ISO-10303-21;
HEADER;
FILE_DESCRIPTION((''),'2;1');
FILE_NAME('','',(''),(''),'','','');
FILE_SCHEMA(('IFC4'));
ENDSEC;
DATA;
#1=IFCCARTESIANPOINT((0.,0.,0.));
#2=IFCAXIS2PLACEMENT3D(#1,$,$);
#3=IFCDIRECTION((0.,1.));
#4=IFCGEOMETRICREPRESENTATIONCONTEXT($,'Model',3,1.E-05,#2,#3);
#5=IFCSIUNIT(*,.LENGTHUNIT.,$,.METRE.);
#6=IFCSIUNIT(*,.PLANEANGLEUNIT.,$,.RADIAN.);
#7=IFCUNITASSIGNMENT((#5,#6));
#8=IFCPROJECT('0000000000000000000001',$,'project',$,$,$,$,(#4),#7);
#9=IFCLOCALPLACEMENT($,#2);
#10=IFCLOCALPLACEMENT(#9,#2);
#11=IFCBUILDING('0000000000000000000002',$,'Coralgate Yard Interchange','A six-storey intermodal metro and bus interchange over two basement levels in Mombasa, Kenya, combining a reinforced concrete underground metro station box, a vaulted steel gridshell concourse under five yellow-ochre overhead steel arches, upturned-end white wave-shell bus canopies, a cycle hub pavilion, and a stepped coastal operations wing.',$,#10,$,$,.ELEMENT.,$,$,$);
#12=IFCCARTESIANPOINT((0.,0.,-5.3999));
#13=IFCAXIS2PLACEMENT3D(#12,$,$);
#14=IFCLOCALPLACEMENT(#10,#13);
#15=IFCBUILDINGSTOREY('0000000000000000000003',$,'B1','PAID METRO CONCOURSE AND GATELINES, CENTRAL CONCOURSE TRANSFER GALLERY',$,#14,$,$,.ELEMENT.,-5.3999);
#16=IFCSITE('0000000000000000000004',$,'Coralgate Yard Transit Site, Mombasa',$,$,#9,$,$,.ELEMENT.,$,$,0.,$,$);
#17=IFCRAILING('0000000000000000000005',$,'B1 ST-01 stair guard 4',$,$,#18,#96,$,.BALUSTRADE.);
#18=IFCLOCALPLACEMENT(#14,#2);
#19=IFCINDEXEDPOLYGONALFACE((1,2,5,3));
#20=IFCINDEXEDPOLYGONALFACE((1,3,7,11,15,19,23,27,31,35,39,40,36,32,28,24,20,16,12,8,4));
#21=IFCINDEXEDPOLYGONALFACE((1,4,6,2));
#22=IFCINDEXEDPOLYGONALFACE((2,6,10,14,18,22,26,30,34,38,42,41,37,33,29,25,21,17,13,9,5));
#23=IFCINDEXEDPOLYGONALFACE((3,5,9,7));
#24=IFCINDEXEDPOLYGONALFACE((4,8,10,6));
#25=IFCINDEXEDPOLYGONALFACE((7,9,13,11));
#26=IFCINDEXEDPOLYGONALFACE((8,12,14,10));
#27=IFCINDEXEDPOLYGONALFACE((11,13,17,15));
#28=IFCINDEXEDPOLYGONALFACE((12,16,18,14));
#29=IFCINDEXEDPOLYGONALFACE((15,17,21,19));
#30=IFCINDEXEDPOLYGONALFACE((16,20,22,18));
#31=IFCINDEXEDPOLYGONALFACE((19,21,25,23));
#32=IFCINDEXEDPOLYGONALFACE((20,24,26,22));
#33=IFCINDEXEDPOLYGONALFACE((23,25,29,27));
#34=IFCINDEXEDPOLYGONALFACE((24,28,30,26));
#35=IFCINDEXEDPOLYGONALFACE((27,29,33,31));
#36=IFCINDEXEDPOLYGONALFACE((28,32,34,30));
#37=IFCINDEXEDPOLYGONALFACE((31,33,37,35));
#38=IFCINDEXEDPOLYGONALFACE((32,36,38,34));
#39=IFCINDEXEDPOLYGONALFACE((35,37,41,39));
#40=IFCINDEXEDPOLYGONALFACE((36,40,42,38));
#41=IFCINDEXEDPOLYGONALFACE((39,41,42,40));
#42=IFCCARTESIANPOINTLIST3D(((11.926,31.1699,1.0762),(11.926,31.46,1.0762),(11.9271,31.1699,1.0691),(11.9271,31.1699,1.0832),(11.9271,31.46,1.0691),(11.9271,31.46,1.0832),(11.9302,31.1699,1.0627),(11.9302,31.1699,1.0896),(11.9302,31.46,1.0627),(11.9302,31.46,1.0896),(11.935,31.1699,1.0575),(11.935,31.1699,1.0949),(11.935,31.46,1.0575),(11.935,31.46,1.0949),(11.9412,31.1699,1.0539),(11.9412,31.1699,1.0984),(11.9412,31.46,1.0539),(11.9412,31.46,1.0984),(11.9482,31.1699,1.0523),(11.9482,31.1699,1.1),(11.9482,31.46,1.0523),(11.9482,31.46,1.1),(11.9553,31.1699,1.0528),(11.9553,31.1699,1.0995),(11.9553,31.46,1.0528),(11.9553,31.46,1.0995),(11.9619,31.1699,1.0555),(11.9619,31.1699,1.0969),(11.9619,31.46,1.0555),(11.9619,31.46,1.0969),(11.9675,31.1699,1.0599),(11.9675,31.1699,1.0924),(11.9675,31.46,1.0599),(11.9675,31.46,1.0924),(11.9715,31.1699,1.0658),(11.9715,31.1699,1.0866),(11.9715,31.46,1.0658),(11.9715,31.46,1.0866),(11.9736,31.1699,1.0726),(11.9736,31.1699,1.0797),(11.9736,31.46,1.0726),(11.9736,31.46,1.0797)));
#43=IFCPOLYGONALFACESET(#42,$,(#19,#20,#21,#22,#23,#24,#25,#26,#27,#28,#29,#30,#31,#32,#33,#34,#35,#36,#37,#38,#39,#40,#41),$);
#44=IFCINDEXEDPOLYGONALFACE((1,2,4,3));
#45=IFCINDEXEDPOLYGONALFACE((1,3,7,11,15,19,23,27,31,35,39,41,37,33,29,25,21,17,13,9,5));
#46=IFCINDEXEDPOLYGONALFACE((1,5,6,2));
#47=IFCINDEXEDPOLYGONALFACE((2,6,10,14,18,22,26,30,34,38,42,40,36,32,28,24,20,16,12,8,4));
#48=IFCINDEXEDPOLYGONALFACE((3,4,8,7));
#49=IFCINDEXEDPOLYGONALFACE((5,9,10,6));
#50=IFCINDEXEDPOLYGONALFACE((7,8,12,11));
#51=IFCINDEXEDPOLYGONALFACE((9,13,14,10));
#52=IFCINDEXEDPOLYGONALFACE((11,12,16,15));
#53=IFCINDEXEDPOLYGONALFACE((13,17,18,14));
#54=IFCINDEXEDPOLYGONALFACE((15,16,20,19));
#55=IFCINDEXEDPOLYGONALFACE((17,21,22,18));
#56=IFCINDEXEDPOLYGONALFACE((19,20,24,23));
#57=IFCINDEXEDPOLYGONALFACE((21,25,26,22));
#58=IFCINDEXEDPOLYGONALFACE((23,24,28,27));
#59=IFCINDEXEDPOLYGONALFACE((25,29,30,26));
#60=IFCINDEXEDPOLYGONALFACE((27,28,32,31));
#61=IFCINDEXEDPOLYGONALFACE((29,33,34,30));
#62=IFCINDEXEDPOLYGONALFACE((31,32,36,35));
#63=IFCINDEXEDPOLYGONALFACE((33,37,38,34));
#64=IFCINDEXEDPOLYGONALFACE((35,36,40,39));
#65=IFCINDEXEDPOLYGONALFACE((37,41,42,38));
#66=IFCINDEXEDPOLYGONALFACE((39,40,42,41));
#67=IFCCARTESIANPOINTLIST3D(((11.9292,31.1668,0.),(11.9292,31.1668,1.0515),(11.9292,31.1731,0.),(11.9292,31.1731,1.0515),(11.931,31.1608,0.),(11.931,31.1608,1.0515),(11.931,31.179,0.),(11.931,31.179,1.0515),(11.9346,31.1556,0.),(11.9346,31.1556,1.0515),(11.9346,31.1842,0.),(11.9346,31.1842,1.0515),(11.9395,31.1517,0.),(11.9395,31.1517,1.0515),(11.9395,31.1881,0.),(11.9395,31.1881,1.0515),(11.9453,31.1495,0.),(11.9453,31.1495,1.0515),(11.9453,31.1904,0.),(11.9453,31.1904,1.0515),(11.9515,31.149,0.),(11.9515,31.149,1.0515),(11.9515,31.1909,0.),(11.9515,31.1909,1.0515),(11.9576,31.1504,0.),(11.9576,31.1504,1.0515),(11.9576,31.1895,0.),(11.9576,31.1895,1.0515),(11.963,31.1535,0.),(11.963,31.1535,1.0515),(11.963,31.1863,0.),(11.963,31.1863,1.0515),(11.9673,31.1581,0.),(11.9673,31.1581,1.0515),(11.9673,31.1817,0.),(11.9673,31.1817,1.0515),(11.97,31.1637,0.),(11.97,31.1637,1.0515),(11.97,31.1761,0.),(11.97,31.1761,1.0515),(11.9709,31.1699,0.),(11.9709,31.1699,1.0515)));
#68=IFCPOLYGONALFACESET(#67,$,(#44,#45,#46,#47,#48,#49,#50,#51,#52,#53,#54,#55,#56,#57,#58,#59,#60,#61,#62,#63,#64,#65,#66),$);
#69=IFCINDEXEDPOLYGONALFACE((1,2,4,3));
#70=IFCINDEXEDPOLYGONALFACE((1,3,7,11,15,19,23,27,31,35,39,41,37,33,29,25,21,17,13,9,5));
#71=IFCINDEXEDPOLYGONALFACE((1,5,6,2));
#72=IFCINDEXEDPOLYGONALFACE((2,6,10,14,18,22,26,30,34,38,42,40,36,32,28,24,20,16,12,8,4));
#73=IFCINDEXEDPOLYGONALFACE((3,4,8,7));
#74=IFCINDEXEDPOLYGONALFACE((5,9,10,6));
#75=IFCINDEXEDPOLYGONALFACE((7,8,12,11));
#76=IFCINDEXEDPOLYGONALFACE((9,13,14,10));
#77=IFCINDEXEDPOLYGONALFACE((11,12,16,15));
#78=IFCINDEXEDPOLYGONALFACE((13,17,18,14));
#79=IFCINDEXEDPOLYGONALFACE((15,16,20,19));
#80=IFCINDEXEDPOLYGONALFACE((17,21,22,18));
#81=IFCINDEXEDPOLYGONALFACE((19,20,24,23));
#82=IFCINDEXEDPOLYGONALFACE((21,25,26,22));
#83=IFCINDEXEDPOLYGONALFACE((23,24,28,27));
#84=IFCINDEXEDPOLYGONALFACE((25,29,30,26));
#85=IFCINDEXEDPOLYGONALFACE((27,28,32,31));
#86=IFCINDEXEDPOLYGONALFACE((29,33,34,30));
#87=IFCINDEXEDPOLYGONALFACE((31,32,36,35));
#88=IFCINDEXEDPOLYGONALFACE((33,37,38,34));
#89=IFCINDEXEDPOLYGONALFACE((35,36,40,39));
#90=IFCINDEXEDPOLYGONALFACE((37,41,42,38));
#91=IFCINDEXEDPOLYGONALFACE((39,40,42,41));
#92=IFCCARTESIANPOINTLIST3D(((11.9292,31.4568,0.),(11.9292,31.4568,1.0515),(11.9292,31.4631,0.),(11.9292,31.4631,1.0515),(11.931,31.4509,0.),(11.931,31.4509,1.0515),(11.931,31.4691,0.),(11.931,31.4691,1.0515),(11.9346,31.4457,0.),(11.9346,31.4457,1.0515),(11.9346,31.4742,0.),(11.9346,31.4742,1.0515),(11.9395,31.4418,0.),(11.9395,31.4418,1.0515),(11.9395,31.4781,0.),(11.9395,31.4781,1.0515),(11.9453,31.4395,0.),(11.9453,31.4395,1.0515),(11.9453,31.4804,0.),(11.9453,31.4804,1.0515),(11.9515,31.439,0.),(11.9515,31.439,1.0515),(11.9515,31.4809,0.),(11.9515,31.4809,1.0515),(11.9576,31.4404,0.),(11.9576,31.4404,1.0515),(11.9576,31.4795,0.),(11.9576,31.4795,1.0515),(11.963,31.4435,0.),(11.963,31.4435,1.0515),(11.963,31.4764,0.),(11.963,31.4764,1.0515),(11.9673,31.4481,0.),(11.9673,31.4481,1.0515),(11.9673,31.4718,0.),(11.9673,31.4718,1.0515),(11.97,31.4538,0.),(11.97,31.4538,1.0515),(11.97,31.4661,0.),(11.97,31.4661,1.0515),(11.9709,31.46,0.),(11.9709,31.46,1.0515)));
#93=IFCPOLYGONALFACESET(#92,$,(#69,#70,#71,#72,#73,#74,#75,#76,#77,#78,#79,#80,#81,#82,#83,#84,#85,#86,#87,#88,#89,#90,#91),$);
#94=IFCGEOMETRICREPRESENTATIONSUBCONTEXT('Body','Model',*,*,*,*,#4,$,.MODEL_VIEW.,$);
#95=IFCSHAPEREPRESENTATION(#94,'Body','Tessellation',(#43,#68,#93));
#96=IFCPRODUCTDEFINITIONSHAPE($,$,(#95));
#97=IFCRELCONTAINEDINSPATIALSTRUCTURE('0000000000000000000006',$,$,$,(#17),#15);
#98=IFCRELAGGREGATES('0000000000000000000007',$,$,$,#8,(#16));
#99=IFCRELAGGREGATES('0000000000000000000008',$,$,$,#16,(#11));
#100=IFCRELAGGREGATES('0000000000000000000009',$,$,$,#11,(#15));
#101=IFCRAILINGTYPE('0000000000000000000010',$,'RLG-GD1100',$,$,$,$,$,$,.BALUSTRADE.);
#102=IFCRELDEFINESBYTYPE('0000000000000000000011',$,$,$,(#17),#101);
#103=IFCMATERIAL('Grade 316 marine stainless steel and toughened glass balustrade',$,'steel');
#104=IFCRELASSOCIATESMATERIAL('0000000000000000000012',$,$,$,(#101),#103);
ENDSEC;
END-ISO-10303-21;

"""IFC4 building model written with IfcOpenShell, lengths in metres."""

from ifc_helpers import new_model, si_unit, direction, frame, origin, origin_2d, place, context, subcontext, project, spatial, circle, extrude, material, type_object, element, save


model = new_model("IFC4")

# Units and contexts
model_context = context("Model", 3, precision=1e-05, world=origin(), true_north=direction((0.0, 1.0)))
body_context = subcontext(model_context, "Body", "Model", "MODEL_VIEW")
ifc_project = project(units=[si_unit("LENGTHUNIT", "METRE"), si_unit("PLANEANGLEUNIT", "RADIAN")], contexts=[model_context])

# Site, building, storey
site_placement = place(None, origin())
site = spatial("IfcSite", under=ifc_project, at=site_placement, Name="Coralgate Yard Transit Site, Mombasa", CompositionType="ELEMENT", RefElevation=0.0)
building_placement = place(site_placement, origin())
building = spatial("IfcBuilding", under=site, at=building_placement, Name="Coralgate Yard Interchange", Description="A six-storey intermodal metro and bus interchange over two basement levels in Mombasa, Kenya, combining a reinforced concrete underground metro station box, a vaulted steel gridshell concourse under five yellow-ochre overhead steel arches, upturned-end white wave-shell bus canopies, a cycle hub pavilion, and a stepped coastal operations wing.", CompositionType="ELEMENT")
storey_placement = place(building_placement, frame((0.0, 0.0, -5.3999)))
storey = spatial("IfcBuildingStorey", under=building, at=storey_placement, Name="B1", Description="PAID METRO CONCOURSE AND GATELINES, CENTRAL CONCOURSE TRANSFER GALLERY", CompositionType="ELEMENT", Elevation=-5.3999)

# Railing
ifc_material_1 = material(Name="Grade 316 marine stainless steel and toughened glass balustrade", Category="steel")
railing_type_1 = type_object("IfcRailingType", Name="RLG-GD1100", PredefinedType="BALUSTRADE", material=ifc_material_1)
railing_1_placement = place(storey_placement, frame((11.95, 31.1699, 0.0)))
element("IfcRailing", 1, at=railing_1_placement, inside=storey, type_object=railing_type_1, Name="B1 ST-01 stair guard 4", PredefinedType="BALUSTRADE", context=body_context, shape_type="SweptSolid", body=[
    extrude(circle(Radius=0.0239, at=origin_2d()), frame((0.0, 0.0, 1.0762), z_axis=(0.0, 1.0, 0.0), x_axis=(-1.0, 0.0, 0.0)), (0.0, 0.0, 1.0), 0.29),
    extrude(circle(Radius=0.021, at=origin_2d()), origin(), (0.0, 0.0, 1.0), 1.0515),
    extrude(circle(Radius=0.021, at=origin_2d()), frame((0.0, 0.29, 0.0)), (0.0, 0.0, 1.0), 1.0515),
])

save(model, "model.ifc")
